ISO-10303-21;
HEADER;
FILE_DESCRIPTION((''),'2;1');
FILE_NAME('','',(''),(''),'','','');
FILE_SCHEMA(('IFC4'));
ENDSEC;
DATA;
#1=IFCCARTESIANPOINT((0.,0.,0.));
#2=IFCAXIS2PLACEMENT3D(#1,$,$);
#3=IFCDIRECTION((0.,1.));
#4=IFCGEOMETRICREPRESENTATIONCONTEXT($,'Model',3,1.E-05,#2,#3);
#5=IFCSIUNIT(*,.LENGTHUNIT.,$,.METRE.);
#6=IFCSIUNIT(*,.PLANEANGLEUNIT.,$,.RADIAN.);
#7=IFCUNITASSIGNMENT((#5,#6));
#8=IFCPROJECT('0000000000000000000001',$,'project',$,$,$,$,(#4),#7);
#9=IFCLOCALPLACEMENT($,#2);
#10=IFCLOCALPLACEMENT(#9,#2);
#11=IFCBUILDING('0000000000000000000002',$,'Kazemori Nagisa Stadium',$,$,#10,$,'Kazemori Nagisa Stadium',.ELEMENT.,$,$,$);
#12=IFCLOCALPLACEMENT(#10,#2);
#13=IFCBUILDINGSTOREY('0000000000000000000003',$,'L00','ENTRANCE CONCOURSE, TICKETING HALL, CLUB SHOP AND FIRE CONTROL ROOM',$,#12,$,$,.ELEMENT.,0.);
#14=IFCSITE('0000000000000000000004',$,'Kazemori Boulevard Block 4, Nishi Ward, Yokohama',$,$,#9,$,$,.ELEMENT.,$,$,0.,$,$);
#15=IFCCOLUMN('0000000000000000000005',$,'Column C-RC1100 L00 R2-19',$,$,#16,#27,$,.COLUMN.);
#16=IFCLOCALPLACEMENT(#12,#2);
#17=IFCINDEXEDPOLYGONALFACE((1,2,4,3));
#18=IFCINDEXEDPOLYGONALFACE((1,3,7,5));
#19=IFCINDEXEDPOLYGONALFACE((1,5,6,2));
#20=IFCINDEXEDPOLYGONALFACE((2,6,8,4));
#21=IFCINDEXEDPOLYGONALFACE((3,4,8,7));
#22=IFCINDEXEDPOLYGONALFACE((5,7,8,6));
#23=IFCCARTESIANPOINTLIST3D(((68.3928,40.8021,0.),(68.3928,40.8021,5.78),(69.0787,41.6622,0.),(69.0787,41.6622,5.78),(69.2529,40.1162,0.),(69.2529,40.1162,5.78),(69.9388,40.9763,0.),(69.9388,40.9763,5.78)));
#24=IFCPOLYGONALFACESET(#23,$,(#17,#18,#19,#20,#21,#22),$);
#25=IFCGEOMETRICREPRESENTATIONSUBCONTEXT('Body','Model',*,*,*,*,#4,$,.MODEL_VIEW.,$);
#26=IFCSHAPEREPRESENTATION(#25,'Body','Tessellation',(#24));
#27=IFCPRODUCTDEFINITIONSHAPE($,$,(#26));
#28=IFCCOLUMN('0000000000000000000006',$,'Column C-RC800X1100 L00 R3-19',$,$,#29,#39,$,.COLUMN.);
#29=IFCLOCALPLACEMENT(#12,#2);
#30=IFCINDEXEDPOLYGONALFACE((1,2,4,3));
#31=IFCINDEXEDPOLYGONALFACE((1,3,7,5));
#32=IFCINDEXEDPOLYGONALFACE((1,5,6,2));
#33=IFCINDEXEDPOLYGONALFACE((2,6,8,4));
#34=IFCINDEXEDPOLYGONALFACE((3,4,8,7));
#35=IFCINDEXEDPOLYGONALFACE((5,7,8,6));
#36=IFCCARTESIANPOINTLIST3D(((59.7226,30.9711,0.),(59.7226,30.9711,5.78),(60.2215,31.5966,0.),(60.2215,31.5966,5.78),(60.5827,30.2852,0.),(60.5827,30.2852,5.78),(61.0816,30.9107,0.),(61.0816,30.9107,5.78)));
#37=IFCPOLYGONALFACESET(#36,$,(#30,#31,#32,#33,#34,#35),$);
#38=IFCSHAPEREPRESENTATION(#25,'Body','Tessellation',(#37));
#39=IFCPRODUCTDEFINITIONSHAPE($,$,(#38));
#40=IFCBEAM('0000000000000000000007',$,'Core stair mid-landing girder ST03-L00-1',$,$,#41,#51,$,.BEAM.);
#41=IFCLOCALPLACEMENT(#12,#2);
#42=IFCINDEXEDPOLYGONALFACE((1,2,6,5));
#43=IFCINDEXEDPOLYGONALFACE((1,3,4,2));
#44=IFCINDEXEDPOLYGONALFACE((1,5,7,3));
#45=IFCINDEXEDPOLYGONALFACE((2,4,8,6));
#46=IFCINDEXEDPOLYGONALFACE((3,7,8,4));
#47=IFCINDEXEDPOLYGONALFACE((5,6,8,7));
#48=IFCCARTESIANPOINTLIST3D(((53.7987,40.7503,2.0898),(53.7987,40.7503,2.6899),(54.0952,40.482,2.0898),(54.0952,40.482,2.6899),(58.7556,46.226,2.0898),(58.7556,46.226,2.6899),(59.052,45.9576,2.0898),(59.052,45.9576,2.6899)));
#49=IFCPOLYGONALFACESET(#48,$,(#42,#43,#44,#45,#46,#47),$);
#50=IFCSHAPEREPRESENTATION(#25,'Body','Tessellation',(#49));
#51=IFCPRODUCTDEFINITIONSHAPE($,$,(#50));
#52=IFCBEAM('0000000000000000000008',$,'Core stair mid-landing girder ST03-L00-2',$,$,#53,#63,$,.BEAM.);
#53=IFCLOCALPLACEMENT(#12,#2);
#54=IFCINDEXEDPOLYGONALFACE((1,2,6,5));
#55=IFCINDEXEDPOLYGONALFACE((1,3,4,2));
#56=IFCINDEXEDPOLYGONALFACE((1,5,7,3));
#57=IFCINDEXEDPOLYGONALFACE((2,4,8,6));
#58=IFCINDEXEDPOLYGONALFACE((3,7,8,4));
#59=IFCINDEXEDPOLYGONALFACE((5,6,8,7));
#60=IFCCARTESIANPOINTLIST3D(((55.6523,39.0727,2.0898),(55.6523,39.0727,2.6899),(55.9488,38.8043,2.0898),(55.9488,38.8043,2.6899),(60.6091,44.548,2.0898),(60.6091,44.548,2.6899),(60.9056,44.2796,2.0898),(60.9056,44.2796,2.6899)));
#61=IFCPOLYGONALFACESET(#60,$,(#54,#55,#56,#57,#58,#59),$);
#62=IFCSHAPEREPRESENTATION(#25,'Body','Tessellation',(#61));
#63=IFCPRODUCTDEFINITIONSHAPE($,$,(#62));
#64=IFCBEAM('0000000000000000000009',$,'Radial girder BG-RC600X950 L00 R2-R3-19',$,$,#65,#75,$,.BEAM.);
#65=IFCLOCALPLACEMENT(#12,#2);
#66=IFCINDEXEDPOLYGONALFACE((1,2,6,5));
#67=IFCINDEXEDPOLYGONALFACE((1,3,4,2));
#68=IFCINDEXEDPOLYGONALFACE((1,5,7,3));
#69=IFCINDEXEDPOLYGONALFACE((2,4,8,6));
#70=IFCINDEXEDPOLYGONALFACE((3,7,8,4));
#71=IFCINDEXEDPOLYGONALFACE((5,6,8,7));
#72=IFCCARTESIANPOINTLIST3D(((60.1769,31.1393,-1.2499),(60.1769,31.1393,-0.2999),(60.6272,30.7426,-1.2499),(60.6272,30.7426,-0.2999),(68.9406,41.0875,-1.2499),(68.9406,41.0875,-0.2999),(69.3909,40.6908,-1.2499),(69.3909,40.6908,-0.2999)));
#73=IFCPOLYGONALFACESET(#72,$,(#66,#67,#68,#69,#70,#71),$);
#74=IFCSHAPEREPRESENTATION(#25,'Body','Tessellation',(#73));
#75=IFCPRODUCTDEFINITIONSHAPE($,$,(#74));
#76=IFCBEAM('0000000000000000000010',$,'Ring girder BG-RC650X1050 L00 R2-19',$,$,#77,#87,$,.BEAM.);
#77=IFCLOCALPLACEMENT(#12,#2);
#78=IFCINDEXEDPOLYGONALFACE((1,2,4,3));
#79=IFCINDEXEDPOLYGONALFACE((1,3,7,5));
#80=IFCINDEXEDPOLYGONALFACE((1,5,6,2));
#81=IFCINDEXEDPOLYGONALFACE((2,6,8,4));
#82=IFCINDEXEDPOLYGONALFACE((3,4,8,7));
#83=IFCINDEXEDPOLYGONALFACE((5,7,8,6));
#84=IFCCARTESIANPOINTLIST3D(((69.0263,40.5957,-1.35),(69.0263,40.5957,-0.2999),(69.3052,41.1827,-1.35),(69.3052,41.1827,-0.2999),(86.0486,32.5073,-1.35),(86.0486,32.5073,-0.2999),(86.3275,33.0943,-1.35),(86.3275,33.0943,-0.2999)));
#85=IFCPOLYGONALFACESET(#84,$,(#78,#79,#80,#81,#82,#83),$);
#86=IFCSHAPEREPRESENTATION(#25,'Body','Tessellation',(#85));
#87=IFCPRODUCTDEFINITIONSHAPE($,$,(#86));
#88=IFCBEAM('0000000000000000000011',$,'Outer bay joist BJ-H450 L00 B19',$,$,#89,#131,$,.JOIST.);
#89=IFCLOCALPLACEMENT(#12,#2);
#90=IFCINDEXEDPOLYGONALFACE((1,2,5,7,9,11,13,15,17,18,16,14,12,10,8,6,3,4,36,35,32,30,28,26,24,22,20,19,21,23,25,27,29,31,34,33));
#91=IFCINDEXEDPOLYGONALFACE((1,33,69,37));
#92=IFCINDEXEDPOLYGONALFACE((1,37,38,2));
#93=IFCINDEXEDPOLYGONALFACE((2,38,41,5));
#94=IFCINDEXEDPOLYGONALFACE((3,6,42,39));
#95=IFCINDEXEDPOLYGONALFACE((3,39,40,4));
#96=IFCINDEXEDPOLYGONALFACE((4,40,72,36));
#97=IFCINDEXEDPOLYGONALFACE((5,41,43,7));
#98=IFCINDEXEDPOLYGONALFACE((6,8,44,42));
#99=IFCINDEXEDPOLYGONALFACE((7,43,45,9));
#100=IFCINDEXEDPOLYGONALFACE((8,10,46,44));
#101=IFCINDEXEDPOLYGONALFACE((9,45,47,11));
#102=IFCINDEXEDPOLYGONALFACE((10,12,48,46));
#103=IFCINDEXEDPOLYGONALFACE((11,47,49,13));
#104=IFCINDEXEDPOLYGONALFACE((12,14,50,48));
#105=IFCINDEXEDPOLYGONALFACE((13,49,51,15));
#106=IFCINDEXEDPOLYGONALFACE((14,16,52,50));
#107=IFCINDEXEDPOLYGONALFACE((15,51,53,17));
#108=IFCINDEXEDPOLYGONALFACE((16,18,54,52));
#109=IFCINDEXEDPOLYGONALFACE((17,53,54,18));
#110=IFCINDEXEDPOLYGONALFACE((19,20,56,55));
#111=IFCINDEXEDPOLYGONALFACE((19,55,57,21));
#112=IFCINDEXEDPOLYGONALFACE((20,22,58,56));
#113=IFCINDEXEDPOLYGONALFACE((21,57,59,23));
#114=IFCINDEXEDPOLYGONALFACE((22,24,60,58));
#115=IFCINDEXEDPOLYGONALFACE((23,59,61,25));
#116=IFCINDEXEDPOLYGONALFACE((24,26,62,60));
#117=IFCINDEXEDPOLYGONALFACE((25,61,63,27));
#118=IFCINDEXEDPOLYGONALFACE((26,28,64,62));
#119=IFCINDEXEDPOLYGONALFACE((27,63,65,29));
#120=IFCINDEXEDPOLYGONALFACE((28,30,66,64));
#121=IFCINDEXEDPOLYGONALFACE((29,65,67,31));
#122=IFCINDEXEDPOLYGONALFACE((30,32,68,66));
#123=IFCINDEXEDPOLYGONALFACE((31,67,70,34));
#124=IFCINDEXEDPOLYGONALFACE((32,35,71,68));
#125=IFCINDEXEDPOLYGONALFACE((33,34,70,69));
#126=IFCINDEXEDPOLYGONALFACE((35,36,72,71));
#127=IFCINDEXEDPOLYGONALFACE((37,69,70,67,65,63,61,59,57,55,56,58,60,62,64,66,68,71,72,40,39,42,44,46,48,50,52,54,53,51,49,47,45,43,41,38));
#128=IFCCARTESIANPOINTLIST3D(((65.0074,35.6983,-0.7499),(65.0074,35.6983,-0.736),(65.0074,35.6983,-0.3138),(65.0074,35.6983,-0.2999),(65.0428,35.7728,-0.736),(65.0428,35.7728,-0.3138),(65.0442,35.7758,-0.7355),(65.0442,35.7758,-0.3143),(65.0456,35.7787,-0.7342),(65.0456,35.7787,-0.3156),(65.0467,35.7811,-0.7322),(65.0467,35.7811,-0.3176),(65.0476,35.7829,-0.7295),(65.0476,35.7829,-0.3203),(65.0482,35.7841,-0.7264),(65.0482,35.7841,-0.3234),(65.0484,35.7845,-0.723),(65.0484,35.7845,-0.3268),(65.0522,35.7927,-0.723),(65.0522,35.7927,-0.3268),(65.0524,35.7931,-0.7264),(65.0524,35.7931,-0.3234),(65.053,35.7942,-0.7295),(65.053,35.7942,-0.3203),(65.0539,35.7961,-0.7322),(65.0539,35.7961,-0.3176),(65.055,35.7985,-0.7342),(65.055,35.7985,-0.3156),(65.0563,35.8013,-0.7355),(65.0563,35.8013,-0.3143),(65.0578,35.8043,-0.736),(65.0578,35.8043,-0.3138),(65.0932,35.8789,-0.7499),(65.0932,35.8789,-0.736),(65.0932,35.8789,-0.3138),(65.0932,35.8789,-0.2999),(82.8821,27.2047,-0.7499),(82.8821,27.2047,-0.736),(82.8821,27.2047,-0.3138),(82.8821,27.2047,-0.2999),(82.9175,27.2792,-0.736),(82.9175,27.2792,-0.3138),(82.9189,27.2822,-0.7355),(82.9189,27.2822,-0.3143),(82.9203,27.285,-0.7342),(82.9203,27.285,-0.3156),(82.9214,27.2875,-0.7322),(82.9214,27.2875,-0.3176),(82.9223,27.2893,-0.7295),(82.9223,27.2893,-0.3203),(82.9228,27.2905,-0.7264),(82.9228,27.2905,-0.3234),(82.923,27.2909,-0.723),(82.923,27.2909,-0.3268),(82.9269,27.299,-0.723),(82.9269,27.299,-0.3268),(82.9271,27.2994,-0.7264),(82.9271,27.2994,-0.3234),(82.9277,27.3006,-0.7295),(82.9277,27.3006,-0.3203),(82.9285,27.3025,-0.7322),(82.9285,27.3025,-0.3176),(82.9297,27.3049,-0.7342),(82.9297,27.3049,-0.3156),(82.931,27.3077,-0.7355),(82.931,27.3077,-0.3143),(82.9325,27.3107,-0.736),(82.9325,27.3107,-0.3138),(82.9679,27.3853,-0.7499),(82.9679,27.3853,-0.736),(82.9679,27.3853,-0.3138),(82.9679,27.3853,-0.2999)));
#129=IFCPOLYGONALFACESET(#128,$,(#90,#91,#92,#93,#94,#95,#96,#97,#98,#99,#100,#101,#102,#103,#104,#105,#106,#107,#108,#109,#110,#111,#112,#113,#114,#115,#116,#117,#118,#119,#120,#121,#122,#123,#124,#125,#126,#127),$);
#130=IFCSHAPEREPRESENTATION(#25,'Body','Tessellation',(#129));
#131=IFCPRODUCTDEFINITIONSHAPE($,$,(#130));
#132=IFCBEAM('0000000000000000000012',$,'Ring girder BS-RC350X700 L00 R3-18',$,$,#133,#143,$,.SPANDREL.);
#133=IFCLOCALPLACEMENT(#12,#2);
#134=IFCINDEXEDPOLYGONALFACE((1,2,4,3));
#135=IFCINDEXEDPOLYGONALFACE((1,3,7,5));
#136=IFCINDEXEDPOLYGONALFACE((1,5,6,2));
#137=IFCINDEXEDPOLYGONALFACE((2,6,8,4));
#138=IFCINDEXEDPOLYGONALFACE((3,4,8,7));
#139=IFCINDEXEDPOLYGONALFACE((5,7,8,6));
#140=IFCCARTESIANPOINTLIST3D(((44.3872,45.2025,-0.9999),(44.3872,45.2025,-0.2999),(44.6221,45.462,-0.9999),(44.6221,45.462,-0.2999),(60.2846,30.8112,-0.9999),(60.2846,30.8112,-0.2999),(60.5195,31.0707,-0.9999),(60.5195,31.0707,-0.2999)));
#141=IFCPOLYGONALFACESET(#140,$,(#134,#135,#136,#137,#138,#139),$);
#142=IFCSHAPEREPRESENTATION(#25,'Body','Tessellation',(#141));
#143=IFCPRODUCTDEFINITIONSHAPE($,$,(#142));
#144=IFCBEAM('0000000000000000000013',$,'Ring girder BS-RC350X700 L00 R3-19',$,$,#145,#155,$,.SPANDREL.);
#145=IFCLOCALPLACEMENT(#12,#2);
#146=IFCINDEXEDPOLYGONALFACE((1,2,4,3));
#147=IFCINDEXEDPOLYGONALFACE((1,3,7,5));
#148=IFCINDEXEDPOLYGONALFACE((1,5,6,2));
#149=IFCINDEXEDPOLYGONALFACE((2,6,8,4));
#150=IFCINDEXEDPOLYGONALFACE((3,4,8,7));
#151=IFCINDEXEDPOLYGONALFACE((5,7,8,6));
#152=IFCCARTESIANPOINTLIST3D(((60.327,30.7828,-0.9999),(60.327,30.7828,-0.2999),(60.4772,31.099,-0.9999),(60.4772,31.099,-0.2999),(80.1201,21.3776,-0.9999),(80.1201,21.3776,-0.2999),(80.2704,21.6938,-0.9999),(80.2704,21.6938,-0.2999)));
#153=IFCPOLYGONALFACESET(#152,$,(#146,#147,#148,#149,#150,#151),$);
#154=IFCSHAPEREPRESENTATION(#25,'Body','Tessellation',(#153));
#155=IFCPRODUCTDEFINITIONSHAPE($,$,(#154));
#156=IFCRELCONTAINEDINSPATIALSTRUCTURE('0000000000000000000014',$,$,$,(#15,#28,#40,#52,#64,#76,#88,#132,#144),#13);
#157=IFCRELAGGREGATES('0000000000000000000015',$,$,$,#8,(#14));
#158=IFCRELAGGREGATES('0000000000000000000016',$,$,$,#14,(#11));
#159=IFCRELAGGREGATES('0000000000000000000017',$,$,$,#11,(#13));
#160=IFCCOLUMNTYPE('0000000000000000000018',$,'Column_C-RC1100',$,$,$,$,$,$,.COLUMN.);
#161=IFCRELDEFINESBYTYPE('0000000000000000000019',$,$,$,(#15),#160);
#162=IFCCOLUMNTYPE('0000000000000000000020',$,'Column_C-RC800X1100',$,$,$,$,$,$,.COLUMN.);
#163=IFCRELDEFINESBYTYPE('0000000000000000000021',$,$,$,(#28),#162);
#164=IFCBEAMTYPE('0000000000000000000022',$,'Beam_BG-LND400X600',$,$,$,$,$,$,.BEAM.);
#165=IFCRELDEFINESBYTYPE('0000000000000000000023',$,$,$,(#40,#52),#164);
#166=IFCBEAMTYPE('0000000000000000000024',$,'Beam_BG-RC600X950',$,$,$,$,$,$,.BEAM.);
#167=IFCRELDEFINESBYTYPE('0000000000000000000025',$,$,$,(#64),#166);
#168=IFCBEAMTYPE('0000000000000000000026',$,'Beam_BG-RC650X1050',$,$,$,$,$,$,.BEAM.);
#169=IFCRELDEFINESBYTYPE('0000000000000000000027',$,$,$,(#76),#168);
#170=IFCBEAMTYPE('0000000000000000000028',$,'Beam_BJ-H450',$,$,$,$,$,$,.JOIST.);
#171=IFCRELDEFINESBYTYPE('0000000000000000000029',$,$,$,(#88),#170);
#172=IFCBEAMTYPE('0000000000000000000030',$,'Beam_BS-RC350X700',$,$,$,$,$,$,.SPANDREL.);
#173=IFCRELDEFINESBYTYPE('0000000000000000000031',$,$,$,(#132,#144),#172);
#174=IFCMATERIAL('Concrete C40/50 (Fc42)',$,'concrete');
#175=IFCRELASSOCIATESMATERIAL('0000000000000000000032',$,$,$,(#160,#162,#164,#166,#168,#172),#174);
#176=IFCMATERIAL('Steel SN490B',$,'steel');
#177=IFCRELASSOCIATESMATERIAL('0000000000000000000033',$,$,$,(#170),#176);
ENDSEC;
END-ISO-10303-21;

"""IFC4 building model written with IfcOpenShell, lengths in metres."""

from ifc_helpers import new_model, si_unit, direction, frame, origin, origin_2d, place, context, subcontext, project, spatial, rectangle, i_section, extrude, material, material_profile, profile_set, type_object, element, save


model = new_model("IFC4")

# Units and contexts
model_context = context("Model", 3, precision=1e-05, world=origin(), true_north=direction((0.0, 1.0)))
body_context = subcontext(model_context, "Body", "Model", "MODEL_VIEW")
ifc_project = project(units=[si_unit("LENGTHUNIT", "METRE"), si_unit("PLANEANGLEUNIT", "RADIAN")], contexts=[model_context])

# Site, building, storey
site_placement = place(None, origin())
site = spatial("IfcSite", under=ifc_project, at=site_placement, Name="Kazemori Boulevard Block 4, Nishi Ward, Yokohama", CompositionType="ELEMENT", RefElevation=0.0)
building_placement = place(site_placement, origin())
building = spatial("IfcBuilding", under=site, at=building_placement, Name="Kazemori Nagisa Stadium", LongName="Kazemori Nagisa Stadium", CompositionType="ELEMENT")
storey_placement = place(building_placement, origin())
storey = spatial("IfcBuildingStorey", under=building, at=storey_placement, Name="L00", Description="ENTRANCE CONCOURSE, TICKETING HALL, CLUB SHOP AND FIRE CONTROL ROOM", CompositionType="ELEMENT", Elevation=0.0)

# Columns
ifc_material_1 = material(Name="Concrete C40/50 (Fc42)", Category="concrete")
ifc_material_profile_1 = material_profile(ifc_material_1, rectangle(XDim=1.1001, YDim=1.1001, at=origin_2d()), Name="RC-COL-1100x1100")
ifc_profile_set_1 = profile_set([ifc_material_profile_1], Name="Concrete C40/50 (Fc42)")
column_type_1 = type_object("IfcColumnType", Name="Column_C-RC1100", PredefinedType="COLUMN", material=ifc_profile_set_1)
column_1_placement = place(storey_placement, frame((69.1658, 40.8892, 0.0), z_axis=(0.0, 0.0, 1.0), x_axis=(-0.62349, -0.781831, 0.0)))
element("IfcColumn", 1, at=column_1_placement, inside=storey, type_object=column_type_1, Name="Column C-RC1100 L00 R2-19", PredefinedType="COLUMN", context=body_context, shape_type="SweptSolid", body=[
    extrude(rectangle(XDim=1.1001, YDim=1.1001, at=origin_2d()), origin(), (0.0, 0.0, 1.0), 5.78),
])
ifc_material_profile_2 = material_profile(ifc_material_1, rectangle(XDim=0.8, YDim=1.1001, at=origin_2d()), Name="RC-COL-800x1100")
ifc_profile_set_2 = profile_set([ifc_material_profile_2], Name="Concrete C40/50 (Fc42)")
column_type_2 = type_object("IfcColumnType", Name="Column_C-RC800X1100", PredefinedType="COLUMN", material=ifc_profile_set_2)
column_2_placement = place(storey_placement, frame((60.4021, 30.9409, 0.0), z_axis=(0.0, 0.0, 1.0), x_axis=(-0.62349, -0.781831, 0.0)))
element("IfcColumn", 2, at=column_2_placement, inside=storey, type_object=column_type_2, Name="Column C-RC800X1100 L00 R3-19", PredefinedType="COLUMN", context=body_context, shape_type="SweptSolid", body=[
    extrude(rectangle(XDim=0.8, YDim=1.1001, at=origin_2d()), origin(), (0.0, 0.0, 1.0), 5.78),
])

# Beams
ifc_material_profile_3 = material_profile(ifc_material_1, rectangle(XDim=0.3999, YDim=0.6001, at=origin_2d()), Name="RC-BM-400x600")
ifc_profile_set_3 = profile_set([ifc_material_profile_3], Name="Concrete C40/50 (Fc42)")
beam_type_1 = type_object("IfcBeamType", Name="Beam_BG-LND400X600", PredefinedType="BEAM", material=ifc_profile_set_3)
beam_1_placement = place(storey_placement, frame((58.9038, 46.0918, 2.3899), z_axis=(-0.671113, -0.741355, 0.0), x_axis=(0.741355, -0.671113, 0.0)))
element("IfcBeam", 3, at=beam_1_placement, inside=storey, type_object=beam_type_1, Name="Core stair mid-landing girder ST03-L00-1", PredefinedType="BEAM", context=body_context, shape_type="SweptSolid", body=[
    extrude(rectangle(XDim=0.3999, YDim=0.6001, at=origin_2d()), origin(), (0.0, 0.0, 1.0), 7.386),
])
beam_2_placement = place(storey_placement, frame((60.7573, 44.4138, 2.3899), z_axis=(-0.67113, -0.74134, 0.0), x_axis=(0.74134, -0.67113, 0.0)))
element("IfcBeam", 4, at=beam_2_placement, inside=storey, type_object=beam_type_1, Name="Core stair mid-landing girder ST03-L00-2", PredefinedType="BEAM", context=body_context, shape_type="SweptSolid", body=[
    extrude(rectangle(XDim=0.3999, YDim=0.6001, at=origin_2d()), origin(), (0.0, 0.0, 1.0), 7.3857),
])
ifc_material_profile_4 = material_profile(ifc_material_1, rectangle(XDim=0.6001, YDim=0.95, at=origin_2d()), Name="RC-BM-600x950")
ifc_profile_set_4 = profile_set([ifc_material_profile_4], Name="Concrete C40/50 (Fc42)")
beam_type_2 = type_object("IfcBeamType", Name="Beam_BG-RC600X950", PredefinedType="BEAM", material=ifc_profile_set_4)
beam_3_placement = place(storey_placement, frame((69.1658, 40.8892, -0.7749), z_axis=(-0.66102, -0.750369, 0.0), x_axis=(0.750369, -0.66102, 0.0)))
element("IfcBeam", 5, at=beam_3_placement, inside=storey, type_object=beam_type_2, Name="Radial girder BG-RC600X950 L00 R2-R3-19", PredefinedType="BEAM", context=body_context, shape_type="SweptSolid", body=[
    extrude(rectangle(XDim=0.6001, YDim=0.95, at=origin_2d()), origin(), (0.0, 0.0, 1.0), 13.2578),
])
ifc_material_profile_5 = material_profile(ifc_material_1, rectangle(XDim=0.6499, YDim=1.05, at=origin_2d()), Name="RC-BM-650x1050")
ifc_profile_set_5 = profile_set([ifc_material_profile_5], Name="Concrete C40/50 (Fc42)")
beam_type_3 = type_object("IfcBeamType", Name="Beam_BG-RC650X1050", PredefinedType="BEAM", material=ifc_profile_set_5)
beam_4_placement = place(storey_placement, frame((69.1658, 40.8892, -0.825), z_axis=(0.903219, -0.429179, 0.0), x_axis=(0.429179, 0.903219, 0.0)))
element("IfcBeam", 6, at=beam_4_placement, inside=storey, type_object=beam_type_3, Name="Ring girder BG-RC650X1050 L00 R2-19", PredefinedType="BEAM", context=body_context, shape_type="SweptSolid", body=[
    extrude(rectangle(XDim=0.6499, YDim=1.05, at=origin_2d()), origin(), (0.0, 0.0, 1.0), 18.8462),
])
ifc_material_2 = material(Name="Steel SN490B", Category="steel")
ifc_material_profile_6 = material_profile(ifc_material_2, i_section(OverallWidth=0.2, OverallDepth=0.45, WebThickness=0.009, FlangeThickness=0.0139, FilletRadius=0.0129, at=origin_2d()), Name="H-450x200x9x14")
ifc_profile_set_6 = profile_set([ifc_material_profile_6], Name="Steel SN490B")
beam_type_4 = type_object("IfcBeamType", Name="Beam_BJ-H450", PredefinedType="JOIST", material=ifc_profile_set_6)
beam_5_placement = place(storey_placement, frame((65.0503, 35.7886, -0.5249), z_axis=(0.903216, -0.429186, 0.0), x_axis=(0.429186, 0.903216, 0.0)))
element("IfcBeam", 7, at=beam_5_placement, inside=storey, type_object=beam_type_4, Name="Outer bay joist BJ-H450 L00 B19", PredefinedType="JOIST", context=body_context, shape_type="SweptSolid", body=[
    extrude(i_section(OverallWidth=0.2, OverallDepth=0.45, WebThickness=0.009, FlangeThickness=0.0139, FilletRadius=0.0129, at=origin_2d()), origin(), (0.0, 0.0, 1.0), 19.79),
])
ifc_material_profile_7 = material_profile(ifc_material_1, rectangle(XDim=0.3501, YDim=0.7, at=origin_2d()), Name="RC-SP-350x700")
ifc_profile_set_7 = profile_set([ifc_material_profile_7], Name="Concrete C40/50 (Fc42)")
beam_type_5 = type_object("IfcBeamType", Name="Beam_BS-RC350X700", PredefinedType="SPANDREL", material=ifc_profile_set_7)
beam_6_placement = place(storey_placement, frame((44.5046, 45.3323, -0.6499), z_axis=(0.741352, -0.671117, 0.0), x_axis=(0.671117, 0.741352, 0.0)))
element("IfcBeam", 8, at=beam_6_placement, inside=storey, type_object=beam_type_5, Name="Ring girder BS-RC350X700 L00 R3-18", PredefinedType="SPANDREL", context=body_context, shape_type="SweptSolid", body=[
    extrude(rectangle(XDim=0.3501, YDim=0.7, at=origin_2d()), origin(), (0.0, 0.0, 1.0), 21.4438),
])
beam_7_placement = place(storey_placement, frame((60.4021, 30.9409, -0.6499), z_axis=(0.903216, -0.429187, 0.0), x_axis=(0.429187, 0.903216, 0.0)))
element("IfcBeam", 9, at=beam_7_placement, inside=storey, type_object=beam_type_5, Name="Ring girder BS-RC350X700 L00 R3-19", PredefinedType="SPANDREL", context=body_context, shape_type="SweptSolid", body=[
    extrude(rectangle(XDim=0.3501, YDim=0.7, at=origin_2d()), origin(), (0.0, 0.0, 1.0), 21.9141),
])

save(model, "model.ifc")
